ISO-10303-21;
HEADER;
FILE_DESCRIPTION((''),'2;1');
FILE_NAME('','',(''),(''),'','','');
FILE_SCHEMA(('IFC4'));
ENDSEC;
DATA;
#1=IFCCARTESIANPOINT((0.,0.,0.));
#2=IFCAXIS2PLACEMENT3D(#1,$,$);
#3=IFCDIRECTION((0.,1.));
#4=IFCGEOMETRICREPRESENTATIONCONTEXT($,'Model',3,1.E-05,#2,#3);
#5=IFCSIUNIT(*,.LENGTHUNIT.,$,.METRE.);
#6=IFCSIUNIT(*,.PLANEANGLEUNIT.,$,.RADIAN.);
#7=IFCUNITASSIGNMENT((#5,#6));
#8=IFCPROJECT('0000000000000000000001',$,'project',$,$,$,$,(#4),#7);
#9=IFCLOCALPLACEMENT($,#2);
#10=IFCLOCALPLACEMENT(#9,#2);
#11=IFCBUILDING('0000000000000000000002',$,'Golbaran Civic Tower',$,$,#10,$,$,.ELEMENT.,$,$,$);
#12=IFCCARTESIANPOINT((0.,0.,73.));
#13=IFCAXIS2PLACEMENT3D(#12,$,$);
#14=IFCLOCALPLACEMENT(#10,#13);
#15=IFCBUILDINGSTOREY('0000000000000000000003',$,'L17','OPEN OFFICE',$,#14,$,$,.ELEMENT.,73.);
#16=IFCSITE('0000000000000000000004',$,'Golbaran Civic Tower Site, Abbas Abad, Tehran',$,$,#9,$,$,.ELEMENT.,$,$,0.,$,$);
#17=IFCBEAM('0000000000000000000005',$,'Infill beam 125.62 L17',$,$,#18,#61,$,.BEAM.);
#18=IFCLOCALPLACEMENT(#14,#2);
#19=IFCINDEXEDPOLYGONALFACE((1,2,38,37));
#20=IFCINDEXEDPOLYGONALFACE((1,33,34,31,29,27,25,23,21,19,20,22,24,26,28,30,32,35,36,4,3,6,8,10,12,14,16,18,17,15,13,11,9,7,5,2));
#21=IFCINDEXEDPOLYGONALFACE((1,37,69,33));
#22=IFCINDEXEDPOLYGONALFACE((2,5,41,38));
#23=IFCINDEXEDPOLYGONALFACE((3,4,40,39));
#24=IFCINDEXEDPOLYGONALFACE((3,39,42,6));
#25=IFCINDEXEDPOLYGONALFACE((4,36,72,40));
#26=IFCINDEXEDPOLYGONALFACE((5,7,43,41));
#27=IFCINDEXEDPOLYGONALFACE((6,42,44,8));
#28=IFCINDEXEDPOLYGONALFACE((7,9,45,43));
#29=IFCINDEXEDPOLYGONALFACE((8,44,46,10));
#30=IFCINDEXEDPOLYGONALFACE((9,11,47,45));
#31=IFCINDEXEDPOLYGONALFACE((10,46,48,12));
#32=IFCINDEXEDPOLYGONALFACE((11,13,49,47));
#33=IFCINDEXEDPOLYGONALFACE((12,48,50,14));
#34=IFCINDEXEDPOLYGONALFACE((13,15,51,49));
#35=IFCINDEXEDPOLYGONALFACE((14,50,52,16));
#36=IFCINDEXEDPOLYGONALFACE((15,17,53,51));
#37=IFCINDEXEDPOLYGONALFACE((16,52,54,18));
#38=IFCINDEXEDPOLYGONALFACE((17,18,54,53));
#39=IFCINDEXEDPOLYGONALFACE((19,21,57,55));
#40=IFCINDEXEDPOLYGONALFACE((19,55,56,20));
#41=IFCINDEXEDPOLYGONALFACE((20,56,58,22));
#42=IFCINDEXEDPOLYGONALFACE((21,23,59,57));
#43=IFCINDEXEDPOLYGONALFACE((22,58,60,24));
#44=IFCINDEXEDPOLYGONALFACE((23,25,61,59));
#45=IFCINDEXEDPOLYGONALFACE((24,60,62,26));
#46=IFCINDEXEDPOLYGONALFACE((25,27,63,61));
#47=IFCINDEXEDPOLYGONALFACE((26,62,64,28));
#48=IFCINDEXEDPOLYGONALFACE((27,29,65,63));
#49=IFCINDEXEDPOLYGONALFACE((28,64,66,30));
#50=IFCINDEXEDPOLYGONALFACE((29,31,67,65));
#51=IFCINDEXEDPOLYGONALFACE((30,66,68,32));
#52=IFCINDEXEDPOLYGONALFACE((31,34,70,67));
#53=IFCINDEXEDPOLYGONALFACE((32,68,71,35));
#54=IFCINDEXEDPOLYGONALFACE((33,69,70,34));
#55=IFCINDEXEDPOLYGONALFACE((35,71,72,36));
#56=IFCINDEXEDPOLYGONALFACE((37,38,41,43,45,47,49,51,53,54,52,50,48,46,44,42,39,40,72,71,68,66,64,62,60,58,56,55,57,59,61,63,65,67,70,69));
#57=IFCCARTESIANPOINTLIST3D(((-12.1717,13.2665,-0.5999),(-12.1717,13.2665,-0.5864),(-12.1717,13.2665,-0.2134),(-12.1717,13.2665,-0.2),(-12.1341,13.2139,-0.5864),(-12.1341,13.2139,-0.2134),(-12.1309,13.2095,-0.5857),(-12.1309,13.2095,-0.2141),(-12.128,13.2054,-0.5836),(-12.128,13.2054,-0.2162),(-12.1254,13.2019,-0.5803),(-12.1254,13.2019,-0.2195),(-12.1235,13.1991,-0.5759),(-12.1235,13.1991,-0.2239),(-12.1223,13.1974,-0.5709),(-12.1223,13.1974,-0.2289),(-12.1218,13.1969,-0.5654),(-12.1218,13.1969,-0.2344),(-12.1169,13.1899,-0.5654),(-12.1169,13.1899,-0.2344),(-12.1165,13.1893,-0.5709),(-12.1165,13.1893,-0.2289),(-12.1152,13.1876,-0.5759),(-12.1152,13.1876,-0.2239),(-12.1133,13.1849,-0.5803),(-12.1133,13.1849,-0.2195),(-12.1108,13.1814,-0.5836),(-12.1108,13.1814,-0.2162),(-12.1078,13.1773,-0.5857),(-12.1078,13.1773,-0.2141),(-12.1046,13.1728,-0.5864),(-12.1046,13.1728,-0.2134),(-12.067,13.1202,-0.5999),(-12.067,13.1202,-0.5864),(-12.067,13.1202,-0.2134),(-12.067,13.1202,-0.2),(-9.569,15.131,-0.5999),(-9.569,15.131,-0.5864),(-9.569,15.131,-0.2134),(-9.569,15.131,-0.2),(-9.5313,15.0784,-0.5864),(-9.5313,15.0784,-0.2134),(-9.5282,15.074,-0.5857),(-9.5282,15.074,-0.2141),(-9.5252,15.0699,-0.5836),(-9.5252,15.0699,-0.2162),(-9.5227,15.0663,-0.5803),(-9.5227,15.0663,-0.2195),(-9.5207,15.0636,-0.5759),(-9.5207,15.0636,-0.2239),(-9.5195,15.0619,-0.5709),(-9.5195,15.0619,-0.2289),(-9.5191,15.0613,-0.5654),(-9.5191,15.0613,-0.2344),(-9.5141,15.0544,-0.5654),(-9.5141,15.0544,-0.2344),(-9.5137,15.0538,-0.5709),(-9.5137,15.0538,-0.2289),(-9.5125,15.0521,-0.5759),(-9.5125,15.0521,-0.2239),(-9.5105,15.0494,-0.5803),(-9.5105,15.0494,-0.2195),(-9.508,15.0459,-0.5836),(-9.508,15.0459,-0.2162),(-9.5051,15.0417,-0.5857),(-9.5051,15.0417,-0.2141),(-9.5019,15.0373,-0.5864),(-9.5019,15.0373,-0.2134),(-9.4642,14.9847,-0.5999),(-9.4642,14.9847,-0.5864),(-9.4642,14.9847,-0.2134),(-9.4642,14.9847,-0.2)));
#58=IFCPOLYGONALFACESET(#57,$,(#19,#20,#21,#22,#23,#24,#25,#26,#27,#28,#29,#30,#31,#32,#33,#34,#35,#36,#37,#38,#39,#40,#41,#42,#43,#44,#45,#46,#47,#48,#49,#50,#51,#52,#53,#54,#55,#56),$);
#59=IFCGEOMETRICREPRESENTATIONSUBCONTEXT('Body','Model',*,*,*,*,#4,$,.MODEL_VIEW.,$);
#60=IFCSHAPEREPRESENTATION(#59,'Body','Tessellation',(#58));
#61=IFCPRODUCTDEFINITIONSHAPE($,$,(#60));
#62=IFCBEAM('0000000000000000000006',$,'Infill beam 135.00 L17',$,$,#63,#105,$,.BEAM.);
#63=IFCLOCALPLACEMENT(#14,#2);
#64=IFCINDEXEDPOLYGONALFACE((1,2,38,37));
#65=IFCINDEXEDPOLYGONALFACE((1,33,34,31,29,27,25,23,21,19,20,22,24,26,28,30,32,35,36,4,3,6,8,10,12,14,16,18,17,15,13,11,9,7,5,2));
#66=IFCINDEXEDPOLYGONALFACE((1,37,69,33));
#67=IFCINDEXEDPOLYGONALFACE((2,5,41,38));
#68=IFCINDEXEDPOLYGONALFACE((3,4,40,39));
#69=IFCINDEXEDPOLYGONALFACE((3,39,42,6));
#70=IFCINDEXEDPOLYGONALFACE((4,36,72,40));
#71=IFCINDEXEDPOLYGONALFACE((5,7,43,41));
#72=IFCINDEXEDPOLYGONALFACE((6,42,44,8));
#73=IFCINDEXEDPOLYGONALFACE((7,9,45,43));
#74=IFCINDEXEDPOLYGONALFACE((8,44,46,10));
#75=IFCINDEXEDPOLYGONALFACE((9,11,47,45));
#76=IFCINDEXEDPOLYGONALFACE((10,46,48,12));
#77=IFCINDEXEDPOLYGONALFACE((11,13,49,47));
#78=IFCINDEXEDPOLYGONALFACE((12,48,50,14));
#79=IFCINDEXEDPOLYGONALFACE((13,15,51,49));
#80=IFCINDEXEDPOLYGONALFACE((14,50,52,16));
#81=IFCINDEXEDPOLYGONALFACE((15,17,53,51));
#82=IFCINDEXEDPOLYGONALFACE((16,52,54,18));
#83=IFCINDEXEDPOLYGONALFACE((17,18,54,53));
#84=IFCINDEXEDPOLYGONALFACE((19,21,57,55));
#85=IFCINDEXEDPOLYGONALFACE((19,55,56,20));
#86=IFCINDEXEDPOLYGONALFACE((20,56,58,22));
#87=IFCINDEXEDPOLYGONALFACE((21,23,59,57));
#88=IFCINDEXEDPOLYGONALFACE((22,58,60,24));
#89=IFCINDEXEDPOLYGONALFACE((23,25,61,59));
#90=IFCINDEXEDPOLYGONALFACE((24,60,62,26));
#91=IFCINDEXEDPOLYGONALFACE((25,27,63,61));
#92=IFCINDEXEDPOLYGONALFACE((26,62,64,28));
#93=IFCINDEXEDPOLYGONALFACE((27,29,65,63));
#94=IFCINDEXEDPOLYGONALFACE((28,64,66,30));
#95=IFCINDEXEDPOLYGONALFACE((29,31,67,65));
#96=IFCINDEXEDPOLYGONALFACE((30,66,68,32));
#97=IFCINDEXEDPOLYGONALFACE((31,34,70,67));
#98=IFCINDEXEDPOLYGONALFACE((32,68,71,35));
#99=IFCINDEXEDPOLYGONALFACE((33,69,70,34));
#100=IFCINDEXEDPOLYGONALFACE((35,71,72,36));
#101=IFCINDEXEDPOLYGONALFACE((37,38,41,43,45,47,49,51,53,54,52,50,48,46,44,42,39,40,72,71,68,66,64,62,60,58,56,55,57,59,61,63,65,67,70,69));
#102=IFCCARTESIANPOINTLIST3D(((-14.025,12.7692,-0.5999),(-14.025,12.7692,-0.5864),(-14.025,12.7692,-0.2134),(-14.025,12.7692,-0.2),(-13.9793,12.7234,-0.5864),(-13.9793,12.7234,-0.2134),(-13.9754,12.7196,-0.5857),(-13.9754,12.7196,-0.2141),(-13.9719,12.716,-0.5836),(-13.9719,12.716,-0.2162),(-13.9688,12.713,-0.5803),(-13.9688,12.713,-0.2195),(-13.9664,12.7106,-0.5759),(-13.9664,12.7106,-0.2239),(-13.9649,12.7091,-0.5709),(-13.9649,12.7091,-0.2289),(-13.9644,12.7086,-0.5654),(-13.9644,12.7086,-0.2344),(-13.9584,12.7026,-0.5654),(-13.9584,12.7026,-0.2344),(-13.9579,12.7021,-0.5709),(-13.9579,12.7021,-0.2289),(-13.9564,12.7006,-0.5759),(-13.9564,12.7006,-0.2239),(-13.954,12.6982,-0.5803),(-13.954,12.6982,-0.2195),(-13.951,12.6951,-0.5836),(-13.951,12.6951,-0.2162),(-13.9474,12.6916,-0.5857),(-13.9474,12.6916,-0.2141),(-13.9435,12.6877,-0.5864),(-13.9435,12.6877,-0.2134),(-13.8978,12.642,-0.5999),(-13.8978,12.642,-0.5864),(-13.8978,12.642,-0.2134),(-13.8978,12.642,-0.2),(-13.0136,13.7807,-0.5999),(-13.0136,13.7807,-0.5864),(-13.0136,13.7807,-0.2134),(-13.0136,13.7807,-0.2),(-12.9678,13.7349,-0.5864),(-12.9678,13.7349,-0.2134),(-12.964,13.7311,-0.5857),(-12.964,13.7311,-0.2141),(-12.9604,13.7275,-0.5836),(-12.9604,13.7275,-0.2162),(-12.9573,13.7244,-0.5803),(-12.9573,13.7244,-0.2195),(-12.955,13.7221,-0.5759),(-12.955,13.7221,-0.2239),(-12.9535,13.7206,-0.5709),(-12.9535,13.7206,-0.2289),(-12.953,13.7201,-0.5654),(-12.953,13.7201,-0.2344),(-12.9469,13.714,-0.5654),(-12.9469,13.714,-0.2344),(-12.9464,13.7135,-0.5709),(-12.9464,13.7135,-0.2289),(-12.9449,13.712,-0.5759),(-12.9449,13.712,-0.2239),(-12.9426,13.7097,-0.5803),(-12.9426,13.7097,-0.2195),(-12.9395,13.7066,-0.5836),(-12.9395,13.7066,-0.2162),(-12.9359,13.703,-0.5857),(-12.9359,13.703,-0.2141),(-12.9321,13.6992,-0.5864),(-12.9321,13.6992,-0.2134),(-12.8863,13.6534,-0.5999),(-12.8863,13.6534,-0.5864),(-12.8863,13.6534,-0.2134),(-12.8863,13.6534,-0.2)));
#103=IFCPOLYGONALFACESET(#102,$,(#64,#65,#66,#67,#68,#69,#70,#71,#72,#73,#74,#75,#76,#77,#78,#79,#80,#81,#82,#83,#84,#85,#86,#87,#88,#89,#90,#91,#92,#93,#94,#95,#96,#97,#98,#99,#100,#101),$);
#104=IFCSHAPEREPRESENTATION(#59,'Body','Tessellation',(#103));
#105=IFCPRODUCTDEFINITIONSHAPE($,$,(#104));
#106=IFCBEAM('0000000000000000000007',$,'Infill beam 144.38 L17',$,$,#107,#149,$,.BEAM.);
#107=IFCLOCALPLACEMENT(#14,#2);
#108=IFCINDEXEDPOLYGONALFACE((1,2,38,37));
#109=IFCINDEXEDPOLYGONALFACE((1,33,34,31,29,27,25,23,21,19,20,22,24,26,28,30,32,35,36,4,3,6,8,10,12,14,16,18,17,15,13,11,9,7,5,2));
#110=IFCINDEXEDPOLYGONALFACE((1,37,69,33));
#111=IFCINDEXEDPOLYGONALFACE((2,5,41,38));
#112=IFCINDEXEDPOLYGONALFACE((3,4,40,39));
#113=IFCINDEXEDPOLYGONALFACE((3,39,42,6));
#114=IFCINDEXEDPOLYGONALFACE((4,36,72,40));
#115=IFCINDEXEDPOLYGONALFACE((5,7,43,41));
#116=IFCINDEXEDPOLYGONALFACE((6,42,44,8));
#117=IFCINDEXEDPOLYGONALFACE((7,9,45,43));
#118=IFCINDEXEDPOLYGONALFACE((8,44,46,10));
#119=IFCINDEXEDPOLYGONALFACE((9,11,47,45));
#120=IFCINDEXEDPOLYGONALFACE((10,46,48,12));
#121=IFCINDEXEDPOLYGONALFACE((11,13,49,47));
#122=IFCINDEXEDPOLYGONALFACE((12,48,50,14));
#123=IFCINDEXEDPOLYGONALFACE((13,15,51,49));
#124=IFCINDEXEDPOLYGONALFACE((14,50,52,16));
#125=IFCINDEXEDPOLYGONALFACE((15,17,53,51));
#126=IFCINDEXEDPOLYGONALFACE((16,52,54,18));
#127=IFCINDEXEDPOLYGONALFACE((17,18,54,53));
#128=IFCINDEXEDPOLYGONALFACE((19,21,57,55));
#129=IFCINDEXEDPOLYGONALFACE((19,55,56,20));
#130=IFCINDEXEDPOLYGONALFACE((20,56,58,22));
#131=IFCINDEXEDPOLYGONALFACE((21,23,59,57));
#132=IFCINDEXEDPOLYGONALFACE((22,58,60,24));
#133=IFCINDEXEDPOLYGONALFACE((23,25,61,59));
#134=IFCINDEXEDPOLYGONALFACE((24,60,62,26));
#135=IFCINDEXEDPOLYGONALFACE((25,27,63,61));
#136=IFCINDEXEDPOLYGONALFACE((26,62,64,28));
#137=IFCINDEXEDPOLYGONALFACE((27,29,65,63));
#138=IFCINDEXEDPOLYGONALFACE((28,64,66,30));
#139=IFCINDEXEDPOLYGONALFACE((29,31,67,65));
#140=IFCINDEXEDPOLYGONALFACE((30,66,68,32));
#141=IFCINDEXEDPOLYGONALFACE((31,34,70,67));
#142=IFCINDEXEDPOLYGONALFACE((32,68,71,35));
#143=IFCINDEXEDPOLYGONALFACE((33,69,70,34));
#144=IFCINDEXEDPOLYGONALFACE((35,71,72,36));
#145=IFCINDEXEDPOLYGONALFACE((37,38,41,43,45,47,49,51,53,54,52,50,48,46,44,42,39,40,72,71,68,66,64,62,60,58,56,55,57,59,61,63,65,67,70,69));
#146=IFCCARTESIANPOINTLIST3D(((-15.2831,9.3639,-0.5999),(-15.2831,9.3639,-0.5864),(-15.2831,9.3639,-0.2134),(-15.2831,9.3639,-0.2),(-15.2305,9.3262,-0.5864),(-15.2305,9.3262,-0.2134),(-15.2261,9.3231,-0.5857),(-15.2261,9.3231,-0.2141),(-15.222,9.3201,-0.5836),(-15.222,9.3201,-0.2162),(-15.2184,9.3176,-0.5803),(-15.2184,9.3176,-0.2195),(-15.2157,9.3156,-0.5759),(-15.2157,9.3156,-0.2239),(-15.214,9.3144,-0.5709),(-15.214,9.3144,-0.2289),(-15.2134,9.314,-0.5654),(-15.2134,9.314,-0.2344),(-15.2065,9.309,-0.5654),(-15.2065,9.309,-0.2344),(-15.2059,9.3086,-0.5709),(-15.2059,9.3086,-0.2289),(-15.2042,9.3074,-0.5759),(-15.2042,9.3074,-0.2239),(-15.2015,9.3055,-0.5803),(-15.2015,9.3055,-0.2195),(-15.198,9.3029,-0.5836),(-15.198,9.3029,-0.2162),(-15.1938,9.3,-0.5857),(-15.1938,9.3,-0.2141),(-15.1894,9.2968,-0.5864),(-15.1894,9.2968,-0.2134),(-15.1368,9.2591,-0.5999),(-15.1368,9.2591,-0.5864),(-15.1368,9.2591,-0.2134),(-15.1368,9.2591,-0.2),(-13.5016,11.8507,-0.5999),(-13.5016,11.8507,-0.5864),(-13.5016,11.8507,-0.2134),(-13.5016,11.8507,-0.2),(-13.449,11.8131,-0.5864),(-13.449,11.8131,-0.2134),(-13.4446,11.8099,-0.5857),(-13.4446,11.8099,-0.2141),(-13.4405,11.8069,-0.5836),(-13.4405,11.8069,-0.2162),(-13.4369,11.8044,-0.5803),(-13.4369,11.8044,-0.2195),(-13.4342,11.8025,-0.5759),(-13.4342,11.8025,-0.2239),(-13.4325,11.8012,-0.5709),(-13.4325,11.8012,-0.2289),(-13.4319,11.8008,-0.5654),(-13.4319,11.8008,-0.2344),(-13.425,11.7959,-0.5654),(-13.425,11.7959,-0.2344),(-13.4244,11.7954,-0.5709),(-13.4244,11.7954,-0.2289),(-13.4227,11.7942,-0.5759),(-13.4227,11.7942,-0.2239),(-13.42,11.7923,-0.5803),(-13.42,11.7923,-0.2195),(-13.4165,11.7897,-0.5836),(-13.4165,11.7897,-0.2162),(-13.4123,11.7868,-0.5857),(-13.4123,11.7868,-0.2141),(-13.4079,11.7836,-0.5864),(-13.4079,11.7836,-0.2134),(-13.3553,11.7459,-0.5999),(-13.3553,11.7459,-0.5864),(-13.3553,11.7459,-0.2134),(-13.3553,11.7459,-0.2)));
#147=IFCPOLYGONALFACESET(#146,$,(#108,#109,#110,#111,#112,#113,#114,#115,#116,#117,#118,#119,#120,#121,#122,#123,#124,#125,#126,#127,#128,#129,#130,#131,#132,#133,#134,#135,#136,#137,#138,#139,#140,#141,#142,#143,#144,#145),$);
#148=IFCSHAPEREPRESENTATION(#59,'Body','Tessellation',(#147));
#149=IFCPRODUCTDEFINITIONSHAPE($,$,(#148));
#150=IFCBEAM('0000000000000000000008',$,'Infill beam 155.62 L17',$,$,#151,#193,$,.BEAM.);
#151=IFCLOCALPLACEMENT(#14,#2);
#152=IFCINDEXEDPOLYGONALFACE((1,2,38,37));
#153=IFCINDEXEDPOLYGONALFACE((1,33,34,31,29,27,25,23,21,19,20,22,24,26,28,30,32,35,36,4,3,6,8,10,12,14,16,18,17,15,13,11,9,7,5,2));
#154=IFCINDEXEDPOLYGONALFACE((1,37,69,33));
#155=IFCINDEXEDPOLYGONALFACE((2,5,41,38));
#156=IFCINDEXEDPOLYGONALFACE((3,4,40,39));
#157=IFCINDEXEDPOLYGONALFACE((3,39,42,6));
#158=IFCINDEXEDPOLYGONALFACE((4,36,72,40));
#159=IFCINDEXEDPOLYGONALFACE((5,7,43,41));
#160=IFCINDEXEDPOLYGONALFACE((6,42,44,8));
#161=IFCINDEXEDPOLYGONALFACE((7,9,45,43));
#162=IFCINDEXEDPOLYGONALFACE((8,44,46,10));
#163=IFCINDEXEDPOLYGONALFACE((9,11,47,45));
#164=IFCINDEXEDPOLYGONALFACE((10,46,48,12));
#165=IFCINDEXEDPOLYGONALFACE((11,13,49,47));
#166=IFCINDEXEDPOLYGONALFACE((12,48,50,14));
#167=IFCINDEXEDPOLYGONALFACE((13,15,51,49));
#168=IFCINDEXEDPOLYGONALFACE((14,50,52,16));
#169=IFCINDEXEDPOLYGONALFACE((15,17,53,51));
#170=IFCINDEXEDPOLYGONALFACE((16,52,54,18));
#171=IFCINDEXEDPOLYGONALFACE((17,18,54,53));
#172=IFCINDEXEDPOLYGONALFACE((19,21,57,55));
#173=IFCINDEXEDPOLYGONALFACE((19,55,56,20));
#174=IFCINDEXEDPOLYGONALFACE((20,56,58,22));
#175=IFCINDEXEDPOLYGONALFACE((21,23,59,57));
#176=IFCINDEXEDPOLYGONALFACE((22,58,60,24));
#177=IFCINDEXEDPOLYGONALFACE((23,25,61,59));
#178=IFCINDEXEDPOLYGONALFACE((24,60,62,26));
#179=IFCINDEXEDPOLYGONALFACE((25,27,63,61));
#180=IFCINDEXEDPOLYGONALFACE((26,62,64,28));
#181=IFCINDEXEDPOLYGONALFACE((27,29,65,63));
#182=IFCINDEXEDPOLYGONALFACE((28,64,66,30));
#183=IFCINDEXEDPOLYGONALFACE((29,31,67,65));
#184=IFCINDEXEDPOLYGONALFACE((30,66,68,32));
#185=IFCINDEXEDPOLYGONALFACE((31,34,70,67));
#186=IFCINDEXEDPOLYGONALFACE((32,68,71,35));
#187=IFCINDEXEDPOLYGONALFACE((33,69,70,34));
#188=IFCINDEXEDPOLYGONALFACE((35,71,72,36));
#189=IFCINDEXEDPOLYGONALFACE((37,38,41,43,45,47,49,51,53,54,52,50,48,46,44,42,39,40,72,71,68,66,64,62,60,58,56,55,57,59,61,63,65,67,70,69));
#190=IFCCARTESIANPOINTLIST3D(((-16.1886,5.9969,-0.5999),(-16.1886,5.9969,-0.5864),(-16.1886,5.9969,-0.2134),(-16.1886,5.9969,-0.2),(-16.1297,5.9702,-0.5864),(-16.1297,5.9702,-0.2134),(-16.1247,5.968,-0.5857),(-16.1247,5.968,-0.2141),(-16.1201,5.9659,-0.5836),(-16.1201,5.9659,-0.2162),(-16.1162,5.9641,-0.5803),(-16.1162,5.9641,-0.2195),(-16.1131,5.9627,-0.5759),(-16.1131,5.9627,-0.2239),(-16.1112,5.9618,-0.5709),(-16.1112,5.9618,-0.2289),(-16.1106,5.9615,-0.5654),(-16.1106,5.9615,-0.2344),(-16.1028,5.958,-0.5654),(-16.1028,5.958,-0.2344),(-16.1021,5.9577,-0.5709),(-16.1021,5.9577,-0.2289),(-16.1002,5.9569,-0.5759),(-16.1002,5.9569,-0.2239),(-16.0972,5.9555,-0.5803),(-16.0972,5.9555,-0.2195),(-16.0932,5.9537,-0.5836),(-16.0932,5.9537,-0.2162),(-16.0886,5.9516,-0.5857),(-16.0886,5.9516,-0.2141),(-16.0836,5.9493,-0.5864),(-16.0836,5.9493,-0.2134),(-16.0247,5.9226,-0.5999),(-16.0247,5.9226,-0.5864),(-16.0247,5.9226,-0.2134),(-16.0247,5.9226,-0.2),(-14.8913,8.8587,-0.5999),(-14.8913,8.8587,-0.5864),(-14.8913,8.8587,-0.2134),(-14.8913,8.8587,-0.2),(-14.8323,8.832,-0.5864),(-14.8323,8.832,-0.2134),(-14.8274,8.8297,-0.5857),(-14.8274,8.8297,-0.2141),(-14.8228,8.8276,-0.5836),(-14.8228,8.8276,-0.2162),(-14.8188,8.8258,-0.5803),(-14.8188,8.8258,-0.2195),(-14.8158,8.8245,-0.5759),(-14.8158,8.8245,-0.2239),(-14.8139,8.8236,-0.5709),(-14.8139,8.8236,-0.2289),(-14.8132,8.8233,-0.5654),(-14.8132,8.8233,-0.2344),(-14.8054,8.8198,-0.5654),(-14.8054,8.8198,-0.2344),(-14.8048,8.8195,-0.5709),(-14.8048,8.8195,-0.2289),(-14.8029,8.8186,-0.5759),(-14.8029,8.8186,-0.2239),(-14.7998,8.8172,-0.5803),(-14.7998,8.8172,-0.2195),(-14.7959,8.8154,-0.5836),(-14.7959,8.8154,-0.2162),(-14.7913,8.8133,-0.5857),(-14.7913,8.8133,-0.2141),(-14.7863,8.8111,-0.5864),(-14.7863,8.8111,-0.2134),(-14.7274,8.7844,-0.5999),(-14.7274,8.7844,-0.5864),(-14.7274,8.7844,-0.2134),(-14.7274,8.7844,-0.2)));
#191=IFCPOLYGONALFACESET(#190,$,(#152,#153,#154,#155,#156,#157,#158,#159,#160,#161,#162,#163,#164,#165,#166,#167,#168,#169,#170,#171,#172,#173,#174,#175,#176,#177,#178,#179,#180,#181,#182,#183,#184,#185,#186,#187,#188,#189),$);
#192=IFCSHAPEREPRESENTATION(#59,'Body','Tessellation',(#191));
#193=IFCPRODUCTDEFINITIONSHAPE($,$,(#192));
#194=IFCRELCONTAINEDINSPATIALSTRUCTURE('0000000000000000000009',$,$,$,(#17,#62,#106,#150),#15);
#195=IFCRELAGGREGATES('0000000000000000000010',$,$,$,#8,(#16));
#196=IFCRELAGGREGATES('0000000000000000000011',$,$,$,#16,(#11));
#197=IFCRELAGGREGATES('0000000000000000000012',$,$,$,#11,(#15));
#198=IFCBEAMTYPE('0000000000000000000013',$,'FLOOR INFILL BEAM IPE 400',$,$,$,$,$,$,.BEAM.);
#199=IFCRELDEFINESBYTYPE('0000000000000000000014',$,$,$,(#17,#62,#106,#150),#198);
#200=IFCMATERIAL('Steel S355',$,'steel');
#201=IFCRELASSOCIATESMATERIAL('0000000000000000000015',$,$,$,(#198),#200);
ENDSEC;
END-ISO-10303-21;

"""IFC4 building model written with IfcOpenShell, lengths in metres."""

from ifc_helpers import new_model, si_unit, direction, frame, origin, origin_2d, place, context, subcontext, project, spatial, i_section, extrude, material, material_profile, profile_set, type_object, element, save


model = new_model("IFC4")

# Units and contexts
model_context = context("Model", 3, precision=1e-05, world=origin(), true_north=direction((0.0, 1.0)))
body_context = subcontext(model_context, "Body", "Model", "MODEL_VIEW")
ifc_project = project(units=[si_unit("LENGTHUNIT", "METRE"), si_unit("PLANEANGLEUNIT", "RADIAN")], contexts=[model_context])

# Site, building, storey
site_placement = place(None, origin())
site = spatial("IfcSite", under=ifc_project, at=site_placement, Name="Golbaran Civic Tower Site, Abbas Abad, Tehran", CompositionType="ELEMENT", RefElevation=0.0)
building_placement = place(site_placement, origin())
building = spatial("IfcBuilding", under=site, at=building_placement, Name="Golbaran Civic Tower", CompositionType="ELEMENT")
storey_placement = place(building_placement, frame((0.0, 0.0, 73.0)))
storey = spatial("IfcBuildingStorey", under=building, at=storey_placement, Name="L17", Description="OPEN OFFICE", CompositionType="ELEMENT", Elevation=73.0)

# Beams
ifc_material_1 = material(Name="Steel S355", Category="steel")
ifc_material_profile_1 = material_profile(ifc_material_1, i_section(OverallWidth=0.1799, OverallDepth=0.3999, WebThickness=0.0085, FlangeThickness=0.0134, FilletRadius=0.021, at=origin_2d()), Name="IPE 400")
ifc_profile_set_1 = profile_set([ifc_material_profile_1], Name="Steel S355")
beam_type_1 = type_object("IfcBeamType", Name="FLOOR INFILL BEAM IPE 400", PredefinedType="BEAM", material=ifc_profile_set_1)
beam_1_placement = place(storey_placement, frame((-9.5166, 15.0579, -0.3999), z_axis=(-0.812939, -0.582348, 0.0), x_axis=(0.582348, -0.812939, 0.0)))
element("IfcBeam", 1, at=beam_1_placement, inside=storey, type_object=beam_type_1, Name="Infill beam 125.62 L17", PredefinedType="BEAM", context=body_context, shape_type="SweptSolid", body=[
    extrude(i_section(OverallWidth=0.1799, OverallDepth=0.3999, WebThickness=0.0085, FlangeThickness=0.0134, FilletRadius=0.021, at=origin_2d()), origin(), (0.0, 0.0, 1.0), 3.2017),
])
beam_2_placement = place(storey_placement, frame((-12.95, 13.717, -0.3999), z_axis=(-0.707107, -0.707107, 0.0), x_axis=(0.707107, -0.707107, 0.0)))
element("IfcBeam", 2, at=beam_2_placement, inside=storey, type_object=beam_type_1, Name="Infill beam 135.00 L17", PredefinedType="BEAM", context=body_context, shape_type="SweptSolid", body=[
    extrude(i_section(OverallWidth=0.1799, OverallDepth=0.3999, WebThickness=0.0085, FlangeThickness=0.0134, FilletRadius=0.021, at=origin_2d()), origin(), (0.0, 0.0, 1.0), 1.4304),
])
beam_3_placement = place(storey_placement, frame((-13.4285, 11.7983, -0.3999), z_axis=(-0.582363, -0.812929, 0.0), x_axis=(0.812929, -0.582363, 0.0)))
element("IfcBeam", 3, at=beam_3_placement, inside=storey, type_object=beam_type_1, Name="Infill beam 144.38 L17", PredefinedType="BEAM", context=body_context, shape_type="SweptSolid", body=[
    extrude(i_section(OverallWidth=0.1799, OverallDepth=0.3999, WebThickness=0.0085, FlangeThickness=0.0134, FilletRadius=0.021, at=origin_2d()), origin(), (0.0, 0.0, 1.0), 3.0591),
])
beam_4_placement = place(storey_placement, frame((-14.8093, 8.8215, -0.3999), z_axis=(-0.41289, -0.910781, 0.0), x_axis=(0.910781, -0.41289, 0.0)))
element("IfcBeam", 4, at=beam_4_placement, inside=storey, type_object=beam_type_1, Name="Infill beam 155.62 L17", PredefinedType="BEAM", context=body_context, shape_type="SweptSolid", body=[
    extrude(i_section(OverallWidth=0.1799, OverallDepth=0.3999, WebThickness=0.0085, FlangeThickness=0.0134, FilletRadius=0.021, at=origin_2d()), origin(), (0.0, 0.0, 1.0), 3.1421),
])

save(model, "model.ifc")
